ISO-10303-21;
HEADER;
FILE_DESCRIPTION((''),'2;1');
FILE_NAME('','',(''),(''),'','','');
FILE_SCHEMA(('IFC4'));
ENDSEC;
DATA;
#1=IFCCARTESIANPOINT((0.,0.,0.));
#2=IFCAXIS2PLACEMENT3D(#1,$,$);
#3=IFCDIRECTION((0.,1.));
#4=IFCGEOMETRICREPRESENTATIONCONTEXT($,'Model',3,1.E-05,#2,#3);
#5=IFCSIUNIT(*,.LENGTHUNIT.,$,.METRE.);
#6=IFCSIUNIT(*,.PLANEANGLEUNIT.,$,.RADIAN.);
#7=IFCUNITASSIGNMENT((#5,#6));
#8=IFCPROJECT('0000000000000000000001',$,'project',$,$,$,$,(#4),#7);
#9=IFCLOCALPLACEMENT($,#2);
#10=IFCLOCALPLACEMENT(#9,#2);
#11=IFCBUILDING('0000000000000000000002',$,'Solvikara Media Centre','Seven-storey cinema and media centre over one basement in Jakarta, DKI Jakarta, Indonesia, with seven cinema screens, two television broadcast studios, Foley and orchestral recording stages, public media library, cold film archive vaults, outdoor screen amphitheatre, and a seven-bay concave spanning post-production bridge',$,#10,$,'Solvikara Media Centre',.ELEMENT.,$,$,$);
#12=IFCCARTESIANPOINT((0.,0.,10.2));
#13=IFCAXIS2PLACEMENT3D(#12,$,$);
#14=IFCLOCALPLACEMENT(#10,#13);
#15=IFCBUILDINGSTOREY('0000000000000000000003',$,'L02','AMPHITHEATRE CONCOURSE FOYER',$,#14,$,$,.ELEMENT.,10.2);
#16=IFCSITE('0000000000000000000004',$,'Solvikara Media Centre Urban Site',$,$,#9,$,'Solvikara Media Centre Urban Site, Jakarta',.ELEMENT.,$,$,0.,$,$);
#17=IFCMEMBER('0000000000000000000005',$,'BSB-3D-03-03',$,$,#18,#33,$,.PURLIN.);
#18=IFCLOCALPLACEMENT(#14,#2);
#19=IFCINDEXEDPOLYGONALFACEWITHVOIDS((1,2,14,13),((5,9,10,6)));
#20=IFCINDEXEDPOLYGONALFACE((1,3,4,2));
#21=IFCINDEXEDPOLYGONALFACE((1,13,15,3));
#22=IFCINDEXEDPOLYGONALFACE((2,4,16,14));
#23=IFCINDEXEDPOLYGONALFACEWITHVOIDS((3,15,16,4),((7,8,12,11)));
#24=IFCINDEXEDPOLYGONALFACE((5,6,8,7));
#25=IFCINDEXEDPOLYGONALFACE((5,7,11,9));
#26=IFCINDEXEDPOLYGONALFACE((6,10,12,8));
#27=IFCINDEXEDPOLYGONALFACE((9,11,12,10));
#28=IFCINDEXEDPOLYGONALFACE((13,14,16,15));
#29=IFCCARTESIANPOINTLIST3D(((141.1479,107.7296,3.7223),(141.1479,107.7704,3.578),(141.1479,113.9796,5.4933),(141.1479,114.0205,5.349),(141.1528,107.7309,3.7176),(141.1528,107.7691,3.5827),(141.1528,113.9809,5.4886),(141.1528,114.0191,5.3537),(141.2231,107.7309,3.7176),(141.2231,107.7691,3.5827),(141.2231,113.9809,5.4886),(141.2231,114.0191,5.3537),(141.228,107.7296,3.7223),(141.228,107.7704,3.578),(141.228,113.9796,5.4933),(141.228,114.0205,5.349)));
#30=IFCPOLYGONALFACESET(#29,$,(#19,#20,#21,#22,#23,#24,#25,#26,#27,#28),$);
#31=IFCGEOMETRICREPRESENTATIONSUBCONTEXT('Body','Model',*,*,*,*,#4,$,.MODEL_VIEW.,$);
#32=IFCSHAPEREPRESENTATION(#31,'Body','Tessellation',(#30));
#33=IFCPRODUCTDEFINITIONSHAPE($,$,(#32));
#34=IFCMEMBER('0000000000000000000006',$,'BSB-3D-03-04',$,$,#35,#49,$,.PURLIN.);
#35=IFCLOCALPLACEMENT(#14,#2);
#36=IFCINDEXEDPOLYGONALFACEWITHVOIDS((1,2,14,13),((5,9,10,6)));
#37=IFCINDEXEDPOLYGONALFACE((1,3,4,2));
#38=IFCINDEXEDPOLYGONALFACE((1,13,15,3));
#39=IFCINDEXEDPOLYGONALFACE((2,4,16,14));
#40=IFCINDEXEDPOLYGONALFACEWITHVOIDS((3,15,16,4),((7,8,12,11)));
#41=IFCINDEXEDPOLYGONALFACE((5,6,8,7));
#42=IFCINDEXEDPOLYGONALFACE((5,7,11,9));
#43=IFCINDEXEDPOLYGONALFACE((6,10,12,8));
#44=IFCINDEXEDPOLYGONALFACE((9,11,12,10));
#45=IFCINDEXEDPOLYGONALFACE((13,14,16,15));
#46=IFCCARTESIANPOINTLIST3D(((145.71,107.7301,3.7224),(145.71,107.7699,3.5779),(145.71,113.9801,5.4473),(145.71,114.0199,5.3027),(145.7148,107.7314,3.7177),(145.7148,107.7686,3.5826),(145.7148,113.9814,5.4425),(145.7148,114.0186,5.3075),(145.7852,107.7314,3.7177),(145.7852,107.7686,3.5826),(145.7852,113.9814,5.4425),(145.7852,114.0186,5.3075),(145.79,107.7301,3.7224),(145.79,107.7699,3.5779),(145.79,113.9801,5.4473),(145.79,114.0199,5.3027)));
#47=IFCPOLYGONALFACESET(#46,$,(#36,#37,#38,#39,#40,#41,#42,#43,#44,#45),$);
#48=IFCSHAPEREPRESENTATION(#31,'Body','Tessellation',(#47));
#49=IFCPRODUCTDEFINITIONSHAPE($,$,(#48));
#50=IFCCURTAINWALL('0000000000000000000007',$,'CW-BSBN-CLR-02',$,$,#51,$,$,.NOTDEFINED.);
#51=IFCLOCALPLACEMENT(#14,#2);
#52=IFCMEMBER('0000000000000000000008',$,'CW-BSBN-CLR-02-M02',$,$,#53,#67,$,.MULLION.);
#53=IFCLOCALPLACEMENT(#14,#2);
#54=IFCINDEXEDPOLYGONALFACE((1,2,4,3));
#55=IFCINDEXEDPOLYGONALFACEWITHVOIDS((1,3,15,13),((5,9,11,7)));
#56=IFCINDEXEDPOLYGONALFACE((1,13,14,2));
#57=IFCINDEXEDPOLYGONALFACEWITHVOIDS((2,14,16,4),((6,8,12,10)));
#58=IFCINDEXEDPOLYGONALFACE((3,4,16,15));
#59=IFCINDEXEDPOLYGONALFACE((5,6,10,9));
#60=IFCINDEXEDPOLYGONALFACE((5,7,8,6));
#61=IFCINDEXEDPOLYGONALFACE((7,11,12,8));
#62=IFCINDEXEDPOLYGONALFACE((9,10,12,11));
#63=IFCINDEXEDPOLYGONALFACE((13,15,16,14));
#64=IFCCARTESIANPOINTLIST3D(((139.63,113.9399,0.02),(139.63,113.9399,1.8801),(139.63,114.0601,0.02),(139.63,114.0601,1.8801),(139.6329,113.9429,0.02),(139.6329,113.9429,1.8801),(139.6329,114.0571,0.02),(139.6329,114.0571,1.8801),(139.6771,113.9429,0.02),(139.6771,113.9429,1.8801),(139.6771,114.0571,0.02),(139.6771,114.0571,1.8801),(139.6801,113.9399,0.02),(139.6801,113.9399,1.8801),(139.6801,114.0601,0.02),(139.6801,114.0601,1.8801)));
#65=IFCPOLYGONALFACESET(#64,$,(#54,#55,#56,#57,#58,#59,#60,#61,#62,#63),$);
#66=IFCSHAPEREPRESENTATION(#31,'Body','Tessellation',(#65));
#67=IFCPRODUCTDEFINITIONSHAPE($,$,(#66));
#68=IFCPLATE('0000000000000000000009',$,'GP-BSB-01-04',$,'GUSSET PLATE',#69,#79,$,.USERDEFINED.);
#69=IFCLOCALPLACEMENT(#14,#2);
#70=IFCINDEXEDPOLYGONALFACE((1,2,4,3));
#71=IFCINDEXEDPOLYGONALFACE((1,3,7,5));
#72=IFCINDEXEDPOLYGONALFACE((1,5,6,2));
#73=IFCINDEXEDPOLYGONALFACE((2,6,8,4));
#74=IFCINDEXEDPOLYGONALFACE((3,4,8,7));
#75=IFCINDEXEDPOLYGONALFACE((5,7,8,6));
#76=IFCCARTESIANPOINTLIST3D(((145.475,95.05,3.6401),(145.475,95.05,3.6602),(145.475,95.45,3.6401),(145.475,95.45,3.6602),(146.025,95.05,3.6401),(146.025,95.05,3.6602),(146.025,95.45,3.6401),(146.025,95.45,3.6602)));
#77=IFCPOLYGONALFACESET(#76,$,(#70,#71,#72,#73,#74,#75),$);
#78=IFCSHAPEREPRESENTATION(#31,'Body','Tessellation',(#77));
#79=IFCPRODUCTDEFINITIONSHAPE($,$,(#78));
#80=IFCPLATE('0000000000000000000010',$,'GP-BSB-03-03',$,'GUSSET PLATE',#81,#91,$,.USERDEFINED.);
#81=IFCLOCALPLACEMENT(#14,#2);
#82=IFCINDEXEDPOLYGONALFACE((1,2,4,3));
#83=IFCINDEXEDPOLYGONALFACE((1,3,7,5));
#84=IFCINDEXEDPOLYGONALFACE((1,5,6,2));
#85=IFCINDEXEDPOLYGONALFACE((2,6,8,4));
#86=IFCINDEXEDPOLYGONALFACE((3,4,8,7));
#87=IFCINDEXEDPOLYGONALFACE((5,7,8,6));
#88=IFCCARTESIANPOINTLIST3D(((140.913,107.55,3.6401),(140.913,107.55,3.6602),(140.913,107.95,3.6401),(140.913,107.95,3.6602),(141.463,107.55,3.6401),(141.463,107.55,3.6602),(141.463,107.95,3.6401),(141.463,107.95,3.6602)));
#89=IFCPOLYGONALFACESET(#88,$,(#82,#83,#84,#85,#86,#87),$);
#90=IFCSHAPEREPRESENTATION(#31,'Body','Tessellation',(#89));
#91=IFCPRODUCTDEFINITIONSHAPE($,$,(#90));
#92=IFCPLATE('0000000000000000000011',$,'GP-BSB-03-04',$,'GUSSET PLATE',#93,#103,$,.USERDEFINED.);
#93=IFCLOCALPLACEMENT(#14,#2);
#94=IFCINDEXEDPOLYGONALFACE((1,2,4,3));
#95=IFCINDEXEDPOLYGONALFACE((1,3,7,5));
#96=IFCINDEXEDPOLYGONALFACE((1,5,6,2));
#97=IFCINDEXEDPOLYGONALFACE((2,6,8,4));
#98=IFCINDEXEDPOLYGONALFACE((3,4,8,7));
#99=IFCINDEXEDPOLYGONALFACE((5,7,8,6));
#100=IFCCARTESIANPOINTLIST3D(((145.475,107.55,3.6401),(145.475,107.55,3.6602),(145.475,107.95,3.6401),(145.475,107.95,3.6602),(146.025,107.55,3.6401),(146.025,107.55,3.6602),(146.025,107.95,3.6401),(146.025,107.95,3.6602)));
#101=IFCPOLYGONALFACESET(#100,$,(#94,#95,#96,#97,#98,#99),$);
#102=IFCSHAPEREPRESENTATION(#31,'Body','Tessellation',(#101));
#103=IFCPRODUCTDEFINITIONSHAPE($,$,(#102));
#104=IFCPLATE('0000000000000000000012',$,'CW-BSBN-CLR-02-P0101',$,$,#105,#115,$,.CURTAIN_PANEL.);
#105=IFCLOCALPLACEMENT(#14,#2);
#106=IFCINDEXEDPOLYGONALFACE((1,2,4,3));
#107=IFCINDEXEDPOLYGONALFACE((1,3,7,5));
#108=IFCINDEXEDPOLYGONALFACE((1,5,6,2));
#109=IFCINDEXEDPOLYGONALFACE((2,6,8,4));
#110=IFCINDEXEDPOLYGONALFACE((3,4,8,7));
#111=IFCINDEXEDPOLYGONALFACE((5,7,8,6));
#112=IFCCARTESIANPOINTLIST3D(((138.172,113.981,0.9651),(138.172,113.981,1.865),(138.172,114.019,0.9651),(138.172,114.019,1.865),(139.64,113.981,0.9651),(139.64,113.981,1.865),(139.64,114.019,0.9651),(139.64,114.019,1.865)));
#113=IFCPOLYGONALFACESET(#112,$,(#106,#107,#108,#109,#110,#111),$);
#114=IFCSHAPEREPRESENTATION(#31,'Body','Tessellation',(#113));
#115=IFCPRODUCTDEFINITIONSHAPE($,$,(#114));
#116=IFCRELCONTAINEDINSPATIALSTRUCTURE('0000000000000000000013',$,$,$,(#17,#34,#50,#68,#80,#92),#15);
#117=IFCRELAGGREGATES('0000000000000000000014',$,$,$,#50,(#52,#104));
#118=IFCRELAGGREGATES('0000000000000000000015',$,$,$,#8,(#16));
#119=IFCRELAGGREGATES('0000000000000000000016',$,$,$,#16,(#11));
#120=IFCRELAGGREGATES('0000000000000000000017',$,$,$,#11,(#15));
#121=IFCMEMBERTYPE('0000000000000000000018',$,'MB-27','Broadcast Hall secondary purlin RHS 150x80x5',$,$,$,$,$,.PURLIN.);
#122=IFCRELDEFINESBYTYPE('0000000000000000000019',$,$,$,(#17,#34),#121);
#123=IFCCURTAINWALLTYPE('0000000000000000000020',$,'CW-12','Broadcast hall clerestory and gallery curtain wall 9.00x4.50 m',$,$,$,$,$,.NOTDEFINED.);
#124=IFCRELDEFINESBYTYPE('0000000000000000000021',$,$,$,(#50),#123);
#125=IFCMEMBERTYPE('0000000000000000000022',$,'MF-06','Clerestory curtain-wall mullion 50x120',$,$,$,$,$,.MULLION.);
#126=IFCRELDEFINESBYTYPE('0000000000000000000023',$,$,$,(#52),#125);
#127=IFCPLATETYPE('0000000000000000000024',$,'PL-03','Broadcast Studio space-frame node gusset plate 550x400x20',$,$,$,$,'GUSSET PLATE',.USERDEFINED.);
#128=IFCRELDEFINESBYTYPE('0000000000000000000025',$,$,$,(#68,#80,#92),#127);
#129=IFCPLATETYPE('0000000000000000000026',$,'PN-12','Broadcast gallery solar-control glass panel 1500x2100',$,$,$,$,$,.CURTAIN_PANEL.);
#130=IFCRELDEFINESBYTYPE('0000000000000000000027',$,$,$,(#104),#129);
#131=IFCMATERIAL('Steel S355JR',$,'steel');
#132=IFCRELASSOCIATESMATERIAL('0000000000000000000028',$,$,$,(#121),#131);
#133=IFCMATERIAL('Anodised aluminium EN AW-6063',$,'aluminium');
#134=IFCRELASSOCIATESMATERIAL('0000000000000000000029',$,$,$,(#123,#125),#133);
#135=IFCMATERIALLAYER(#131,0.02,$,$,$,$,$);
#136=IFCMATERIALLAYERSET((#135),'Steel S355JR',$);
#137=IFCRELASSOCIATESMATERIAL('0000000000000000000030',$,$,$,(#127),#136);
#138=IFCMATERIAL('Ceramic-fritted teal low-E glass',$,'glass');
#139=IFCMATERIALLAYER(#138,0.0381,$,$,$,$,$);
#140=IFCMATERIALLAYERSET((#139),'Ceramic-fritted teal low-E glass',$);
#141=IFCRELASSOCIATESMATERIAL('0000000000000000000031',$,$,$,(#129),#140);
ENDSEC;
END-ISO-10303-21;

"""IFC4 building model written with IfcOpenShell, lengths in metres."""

from ifc_helpers import new_model, si_unit, direction, frame, origin, origin_2d, place, context, subcontext, project, spatial, rectangle, hollow_rectangle, extrude, material, layer, layer_set, material_profile, profile_set, type_object, element, aggregate, save


model = new_model("IFC4")

# Units and contexts
model_context = context("Model", 3, precision=1e-05, world=origin(), true_north=direction((0.0, 1.0)))
body_context = subcontext(model_context, "Body", "Model", "MODEL_VIEW")
ifc_project = project(units=[si_unit("LENGTHUNIT", "METRE"), si_unit("PLANEANGLEUNIT", "RADIAN")], contexts=[model_context])

# Site, building, storey
site_placement = place(None, origin())
site = spatial("IfcSite", under=ifc_project, at=site_placement, Name="Solvikara Media Centre Urban Site", LongName="Solvikara Media Centre Urban Site, Jakarta", CompositionType="ELEMENT", RefElevation=0.0)
building_placement = place(site_placement, origin())
building = spatial("IfcBuilding", under=site, at=building_placement, Name="Solvikara Media Centre", Description="Seven-storey cinema and media centre over one basement in Jakarta, DKI Jakarta, Indonesia, with seven cinema screens, two television broadcast studios, Foley and orchestral recording stages, public media library, cold film archive vaults, outdoor screen amphitheatre, and a seven-bay concave spanning post-production bridge", LongName="Solvikara Media Centre", CompositionType="ELEMENT")
storey_placement = place(building_placement, frame((0.0, 0.0, 10.2)))
storey = spatial("IfcBuildingStorey", under=building, at=storey_placement, Name="L02", Description="AMPHITHEATRE CONCOURSE FOYER", CompositionType="ELEMENT", Elevation=10.2)

# Members
ifc_material_1 = material(Name="Steel S355JR", Category="steel")
ifc_material_profile_1 = material_profile(ifc_material_1, hollow_rectangle(XDim=0.0801, YDim=0.1499, WallThickness=0.0049, at=origin_2d()), Name="RHS 150x80x5")
ifc_profile_set_1 = profile_set([ifc_material_profile_1], Name="Steel S355JR")
member_type_1 = type_object("IfcMemberType", Name="MB-27", Description="Broadcast Hall secondary purlin RHS 150x80x5", PredefinedType="PURLIN", material=ifc_profile_set_1)
member_1_placement = place(storey_placement, frame((141.188, 107.75, 3.6501), z_axis=(0.0, 0.96212, 0.272626), x_axis=(-1.0, 0.0, 0.0)))
element("IfcMember", 1, at=member_1_placement, inside=storey, type_object=member_type_1, Name="BSB-3D-03-03", PredefinedType="PURLIN", context=body_context, shape_type="SweptSolid", body=[
    extrude(hollow_rectangle(XDim=0.0801, YDim=0.1499, WallThickness=0.0049, at=origin_2d()), origin(), (0.0, 0.0, 1.0), 6.4961),
])
member_2_placement = place(storey_placement, frame((145.75, 107.75, 3.6501), z_axis=(0.0, 0.963964, 0.266032), x_axis=(-1.0, 0.0, 0.0)))
element("IfcMember", 2, at=member_2_placement, inside=storey, type_object=member_type_1, Name="BSB-3D-03-04", PredefinedType="PURLIN", context=body_context, shape_type="SweptSolid", body=[
    extrude(hollow_rectangle(XDim=0.0801, YDim=0.1499, WallThickness=0.0049, at=origin_2d()), origin(), (0.0, 0.0, 1.0), 6.4836),
])

# Curtain wall, member
ifc_material_2 = material(Name="Anodised aluminium EN AW-6063", Category="aluminium")
curtain_wall_type = type_object("IfcCurtainWallType", Name="CW-12", Description="Broadcast hall clerestory and gallery curtain wall 9.00x4.50 m", PredefinedType="NOTDEFINED", material=ifc_material_2)
curtain_wall_placement = place(storey_placement, origin())
curtain_wall = element("IfcCurtainWall", 3, at=curtain_wall_placement, inside=storey, type_object=curtain_wall_type, Name="CW-BSBN-CLR-02", PredefinedType="NOTDEFINED")
ifc_material_profile_2 = material_profile(ifc_material_2, hollow_rectangle(XDim=0.05, YDim=0.1201, WallThickness=0.0029, at=origin_2d()), Name="ALU-M 50x120x3")
ifc_profile_set_2 = profile_set([ifc_material_profile_2], Name="Anodised aluminium EN AW-6063")
member_type_2 = type_object("IfcMemberType", Name="MF-06", Description="Clerestory curtain-wall mullion 50x120", PredefinedType="MULLION", material=ifc_profile_set_2)
member_3_placement = place(storey_placement, frame((139.655, 114.0, 0.02), z_axis=(0.0, 0.0, 1.0), x_axis=(1.0, 0.0, 0.0)))
member_3 = element("IfcMember", 4, at=member_3_placement, type_object=member_type_2, Name="CW-BSBN-CLR-02-M02", PredefinedType="MULLION", context=body_context, shape_type="SweptSolid", body=[
    extrude(hollow_rectangle(XDim=0.05, YDim=0.1201, WallThickness=0.0029, at=origin_2d()), origin(), (0.0, 0.0, 1.0), 1.8601),
])

# Plates
ifc_layer_1 = layer(ifc_material_1, 0.02)
ifc_layer_set_1 = layer_set([ifc_layer_1], Name="Steel S355JR")
plate_type_1 = type_object("IfcPlateType", Name="PL-03", Description="Broadcast Studio space-frame node gusset plate 550x400x20", ElementType="GUSSET PLATE", PredefinedType="USERDEFINED", material=ifc_layer_set_1)
for number, where, z_axis, x_axis, name in (
    (5, (145.75, 95.25, 3.6401), (0.0, 0.0, 1.0), (1.0, 0.0, 0.0), "GP-BSB-01-04"),
    (6, (141.188, 107.75, 3.6401), (0.0, 0.0, 1.0), (1.0, 0.0, 0.0), "GP-BSB-03-03"),
    (7, (145.75, 107.75, 3.6401), (0.0, 0.0, 1.0), (1.0, 0.0, 0.0), "GP-BSB-03-04"),
):
    element("IfcPlate", number, at=place(storey_placement, frame(where, z_axis=z_axis, x_axis=x_axis)), inside=storey, type_object=plate_type_1, Name=name, ObjectType="GUSSET PLATE", PredefinedType="USERDEFINED", context=body_context, shape_type="SweptSolid", body=[
        extrude(rectangle(XDim=0.55, YDim=0.3999, at=origin_2d()), origin(), (0.0, 0.0, 1.0), 0.02),
    ])

# Plate
ifc_material_3 = material(Name="Ceramic-fritted teal low-E glass", Category="glass")
ifc_layer_2 = layer(ifc_material_3, 0.0381)
ifc_layer_set_2 = layer_set([ifc_layer_2], Name="Ceramic-fritted teal low-E glass")
plate_type_2 = type_object("IfcPlateType", Name="PN-12", Description="Broadcast gallery solar-control glass panel 1500x2100", PredefinedType="CURTAIN_PANEL", material=ifc_layer_set_2)
plate_placement = place(storey_placement, frame((138.906, 114.0, 0.9651), z_axis=(0.0, 0.0, 1.0), x_axis=(1.0, 0.0, 0.0)))
plate = element("IfcPlate", 8, at=plate_placement, type_object=plate_type_2, Name="CW-BSBN-CLR-02-P0101", PredefinedType="CURTAIN_PANEL", context=body_context, shape_type="SweptSolid", body=[
    extrude(rectangle(XDim=1.468, YDim=0.0381, at=origin_2d()), origin(), (0.0, 0.0, 1.0), 0.8999),
])
aggregate(curtain_wall, [member_3, plate])

save(model, "model.ifc")
